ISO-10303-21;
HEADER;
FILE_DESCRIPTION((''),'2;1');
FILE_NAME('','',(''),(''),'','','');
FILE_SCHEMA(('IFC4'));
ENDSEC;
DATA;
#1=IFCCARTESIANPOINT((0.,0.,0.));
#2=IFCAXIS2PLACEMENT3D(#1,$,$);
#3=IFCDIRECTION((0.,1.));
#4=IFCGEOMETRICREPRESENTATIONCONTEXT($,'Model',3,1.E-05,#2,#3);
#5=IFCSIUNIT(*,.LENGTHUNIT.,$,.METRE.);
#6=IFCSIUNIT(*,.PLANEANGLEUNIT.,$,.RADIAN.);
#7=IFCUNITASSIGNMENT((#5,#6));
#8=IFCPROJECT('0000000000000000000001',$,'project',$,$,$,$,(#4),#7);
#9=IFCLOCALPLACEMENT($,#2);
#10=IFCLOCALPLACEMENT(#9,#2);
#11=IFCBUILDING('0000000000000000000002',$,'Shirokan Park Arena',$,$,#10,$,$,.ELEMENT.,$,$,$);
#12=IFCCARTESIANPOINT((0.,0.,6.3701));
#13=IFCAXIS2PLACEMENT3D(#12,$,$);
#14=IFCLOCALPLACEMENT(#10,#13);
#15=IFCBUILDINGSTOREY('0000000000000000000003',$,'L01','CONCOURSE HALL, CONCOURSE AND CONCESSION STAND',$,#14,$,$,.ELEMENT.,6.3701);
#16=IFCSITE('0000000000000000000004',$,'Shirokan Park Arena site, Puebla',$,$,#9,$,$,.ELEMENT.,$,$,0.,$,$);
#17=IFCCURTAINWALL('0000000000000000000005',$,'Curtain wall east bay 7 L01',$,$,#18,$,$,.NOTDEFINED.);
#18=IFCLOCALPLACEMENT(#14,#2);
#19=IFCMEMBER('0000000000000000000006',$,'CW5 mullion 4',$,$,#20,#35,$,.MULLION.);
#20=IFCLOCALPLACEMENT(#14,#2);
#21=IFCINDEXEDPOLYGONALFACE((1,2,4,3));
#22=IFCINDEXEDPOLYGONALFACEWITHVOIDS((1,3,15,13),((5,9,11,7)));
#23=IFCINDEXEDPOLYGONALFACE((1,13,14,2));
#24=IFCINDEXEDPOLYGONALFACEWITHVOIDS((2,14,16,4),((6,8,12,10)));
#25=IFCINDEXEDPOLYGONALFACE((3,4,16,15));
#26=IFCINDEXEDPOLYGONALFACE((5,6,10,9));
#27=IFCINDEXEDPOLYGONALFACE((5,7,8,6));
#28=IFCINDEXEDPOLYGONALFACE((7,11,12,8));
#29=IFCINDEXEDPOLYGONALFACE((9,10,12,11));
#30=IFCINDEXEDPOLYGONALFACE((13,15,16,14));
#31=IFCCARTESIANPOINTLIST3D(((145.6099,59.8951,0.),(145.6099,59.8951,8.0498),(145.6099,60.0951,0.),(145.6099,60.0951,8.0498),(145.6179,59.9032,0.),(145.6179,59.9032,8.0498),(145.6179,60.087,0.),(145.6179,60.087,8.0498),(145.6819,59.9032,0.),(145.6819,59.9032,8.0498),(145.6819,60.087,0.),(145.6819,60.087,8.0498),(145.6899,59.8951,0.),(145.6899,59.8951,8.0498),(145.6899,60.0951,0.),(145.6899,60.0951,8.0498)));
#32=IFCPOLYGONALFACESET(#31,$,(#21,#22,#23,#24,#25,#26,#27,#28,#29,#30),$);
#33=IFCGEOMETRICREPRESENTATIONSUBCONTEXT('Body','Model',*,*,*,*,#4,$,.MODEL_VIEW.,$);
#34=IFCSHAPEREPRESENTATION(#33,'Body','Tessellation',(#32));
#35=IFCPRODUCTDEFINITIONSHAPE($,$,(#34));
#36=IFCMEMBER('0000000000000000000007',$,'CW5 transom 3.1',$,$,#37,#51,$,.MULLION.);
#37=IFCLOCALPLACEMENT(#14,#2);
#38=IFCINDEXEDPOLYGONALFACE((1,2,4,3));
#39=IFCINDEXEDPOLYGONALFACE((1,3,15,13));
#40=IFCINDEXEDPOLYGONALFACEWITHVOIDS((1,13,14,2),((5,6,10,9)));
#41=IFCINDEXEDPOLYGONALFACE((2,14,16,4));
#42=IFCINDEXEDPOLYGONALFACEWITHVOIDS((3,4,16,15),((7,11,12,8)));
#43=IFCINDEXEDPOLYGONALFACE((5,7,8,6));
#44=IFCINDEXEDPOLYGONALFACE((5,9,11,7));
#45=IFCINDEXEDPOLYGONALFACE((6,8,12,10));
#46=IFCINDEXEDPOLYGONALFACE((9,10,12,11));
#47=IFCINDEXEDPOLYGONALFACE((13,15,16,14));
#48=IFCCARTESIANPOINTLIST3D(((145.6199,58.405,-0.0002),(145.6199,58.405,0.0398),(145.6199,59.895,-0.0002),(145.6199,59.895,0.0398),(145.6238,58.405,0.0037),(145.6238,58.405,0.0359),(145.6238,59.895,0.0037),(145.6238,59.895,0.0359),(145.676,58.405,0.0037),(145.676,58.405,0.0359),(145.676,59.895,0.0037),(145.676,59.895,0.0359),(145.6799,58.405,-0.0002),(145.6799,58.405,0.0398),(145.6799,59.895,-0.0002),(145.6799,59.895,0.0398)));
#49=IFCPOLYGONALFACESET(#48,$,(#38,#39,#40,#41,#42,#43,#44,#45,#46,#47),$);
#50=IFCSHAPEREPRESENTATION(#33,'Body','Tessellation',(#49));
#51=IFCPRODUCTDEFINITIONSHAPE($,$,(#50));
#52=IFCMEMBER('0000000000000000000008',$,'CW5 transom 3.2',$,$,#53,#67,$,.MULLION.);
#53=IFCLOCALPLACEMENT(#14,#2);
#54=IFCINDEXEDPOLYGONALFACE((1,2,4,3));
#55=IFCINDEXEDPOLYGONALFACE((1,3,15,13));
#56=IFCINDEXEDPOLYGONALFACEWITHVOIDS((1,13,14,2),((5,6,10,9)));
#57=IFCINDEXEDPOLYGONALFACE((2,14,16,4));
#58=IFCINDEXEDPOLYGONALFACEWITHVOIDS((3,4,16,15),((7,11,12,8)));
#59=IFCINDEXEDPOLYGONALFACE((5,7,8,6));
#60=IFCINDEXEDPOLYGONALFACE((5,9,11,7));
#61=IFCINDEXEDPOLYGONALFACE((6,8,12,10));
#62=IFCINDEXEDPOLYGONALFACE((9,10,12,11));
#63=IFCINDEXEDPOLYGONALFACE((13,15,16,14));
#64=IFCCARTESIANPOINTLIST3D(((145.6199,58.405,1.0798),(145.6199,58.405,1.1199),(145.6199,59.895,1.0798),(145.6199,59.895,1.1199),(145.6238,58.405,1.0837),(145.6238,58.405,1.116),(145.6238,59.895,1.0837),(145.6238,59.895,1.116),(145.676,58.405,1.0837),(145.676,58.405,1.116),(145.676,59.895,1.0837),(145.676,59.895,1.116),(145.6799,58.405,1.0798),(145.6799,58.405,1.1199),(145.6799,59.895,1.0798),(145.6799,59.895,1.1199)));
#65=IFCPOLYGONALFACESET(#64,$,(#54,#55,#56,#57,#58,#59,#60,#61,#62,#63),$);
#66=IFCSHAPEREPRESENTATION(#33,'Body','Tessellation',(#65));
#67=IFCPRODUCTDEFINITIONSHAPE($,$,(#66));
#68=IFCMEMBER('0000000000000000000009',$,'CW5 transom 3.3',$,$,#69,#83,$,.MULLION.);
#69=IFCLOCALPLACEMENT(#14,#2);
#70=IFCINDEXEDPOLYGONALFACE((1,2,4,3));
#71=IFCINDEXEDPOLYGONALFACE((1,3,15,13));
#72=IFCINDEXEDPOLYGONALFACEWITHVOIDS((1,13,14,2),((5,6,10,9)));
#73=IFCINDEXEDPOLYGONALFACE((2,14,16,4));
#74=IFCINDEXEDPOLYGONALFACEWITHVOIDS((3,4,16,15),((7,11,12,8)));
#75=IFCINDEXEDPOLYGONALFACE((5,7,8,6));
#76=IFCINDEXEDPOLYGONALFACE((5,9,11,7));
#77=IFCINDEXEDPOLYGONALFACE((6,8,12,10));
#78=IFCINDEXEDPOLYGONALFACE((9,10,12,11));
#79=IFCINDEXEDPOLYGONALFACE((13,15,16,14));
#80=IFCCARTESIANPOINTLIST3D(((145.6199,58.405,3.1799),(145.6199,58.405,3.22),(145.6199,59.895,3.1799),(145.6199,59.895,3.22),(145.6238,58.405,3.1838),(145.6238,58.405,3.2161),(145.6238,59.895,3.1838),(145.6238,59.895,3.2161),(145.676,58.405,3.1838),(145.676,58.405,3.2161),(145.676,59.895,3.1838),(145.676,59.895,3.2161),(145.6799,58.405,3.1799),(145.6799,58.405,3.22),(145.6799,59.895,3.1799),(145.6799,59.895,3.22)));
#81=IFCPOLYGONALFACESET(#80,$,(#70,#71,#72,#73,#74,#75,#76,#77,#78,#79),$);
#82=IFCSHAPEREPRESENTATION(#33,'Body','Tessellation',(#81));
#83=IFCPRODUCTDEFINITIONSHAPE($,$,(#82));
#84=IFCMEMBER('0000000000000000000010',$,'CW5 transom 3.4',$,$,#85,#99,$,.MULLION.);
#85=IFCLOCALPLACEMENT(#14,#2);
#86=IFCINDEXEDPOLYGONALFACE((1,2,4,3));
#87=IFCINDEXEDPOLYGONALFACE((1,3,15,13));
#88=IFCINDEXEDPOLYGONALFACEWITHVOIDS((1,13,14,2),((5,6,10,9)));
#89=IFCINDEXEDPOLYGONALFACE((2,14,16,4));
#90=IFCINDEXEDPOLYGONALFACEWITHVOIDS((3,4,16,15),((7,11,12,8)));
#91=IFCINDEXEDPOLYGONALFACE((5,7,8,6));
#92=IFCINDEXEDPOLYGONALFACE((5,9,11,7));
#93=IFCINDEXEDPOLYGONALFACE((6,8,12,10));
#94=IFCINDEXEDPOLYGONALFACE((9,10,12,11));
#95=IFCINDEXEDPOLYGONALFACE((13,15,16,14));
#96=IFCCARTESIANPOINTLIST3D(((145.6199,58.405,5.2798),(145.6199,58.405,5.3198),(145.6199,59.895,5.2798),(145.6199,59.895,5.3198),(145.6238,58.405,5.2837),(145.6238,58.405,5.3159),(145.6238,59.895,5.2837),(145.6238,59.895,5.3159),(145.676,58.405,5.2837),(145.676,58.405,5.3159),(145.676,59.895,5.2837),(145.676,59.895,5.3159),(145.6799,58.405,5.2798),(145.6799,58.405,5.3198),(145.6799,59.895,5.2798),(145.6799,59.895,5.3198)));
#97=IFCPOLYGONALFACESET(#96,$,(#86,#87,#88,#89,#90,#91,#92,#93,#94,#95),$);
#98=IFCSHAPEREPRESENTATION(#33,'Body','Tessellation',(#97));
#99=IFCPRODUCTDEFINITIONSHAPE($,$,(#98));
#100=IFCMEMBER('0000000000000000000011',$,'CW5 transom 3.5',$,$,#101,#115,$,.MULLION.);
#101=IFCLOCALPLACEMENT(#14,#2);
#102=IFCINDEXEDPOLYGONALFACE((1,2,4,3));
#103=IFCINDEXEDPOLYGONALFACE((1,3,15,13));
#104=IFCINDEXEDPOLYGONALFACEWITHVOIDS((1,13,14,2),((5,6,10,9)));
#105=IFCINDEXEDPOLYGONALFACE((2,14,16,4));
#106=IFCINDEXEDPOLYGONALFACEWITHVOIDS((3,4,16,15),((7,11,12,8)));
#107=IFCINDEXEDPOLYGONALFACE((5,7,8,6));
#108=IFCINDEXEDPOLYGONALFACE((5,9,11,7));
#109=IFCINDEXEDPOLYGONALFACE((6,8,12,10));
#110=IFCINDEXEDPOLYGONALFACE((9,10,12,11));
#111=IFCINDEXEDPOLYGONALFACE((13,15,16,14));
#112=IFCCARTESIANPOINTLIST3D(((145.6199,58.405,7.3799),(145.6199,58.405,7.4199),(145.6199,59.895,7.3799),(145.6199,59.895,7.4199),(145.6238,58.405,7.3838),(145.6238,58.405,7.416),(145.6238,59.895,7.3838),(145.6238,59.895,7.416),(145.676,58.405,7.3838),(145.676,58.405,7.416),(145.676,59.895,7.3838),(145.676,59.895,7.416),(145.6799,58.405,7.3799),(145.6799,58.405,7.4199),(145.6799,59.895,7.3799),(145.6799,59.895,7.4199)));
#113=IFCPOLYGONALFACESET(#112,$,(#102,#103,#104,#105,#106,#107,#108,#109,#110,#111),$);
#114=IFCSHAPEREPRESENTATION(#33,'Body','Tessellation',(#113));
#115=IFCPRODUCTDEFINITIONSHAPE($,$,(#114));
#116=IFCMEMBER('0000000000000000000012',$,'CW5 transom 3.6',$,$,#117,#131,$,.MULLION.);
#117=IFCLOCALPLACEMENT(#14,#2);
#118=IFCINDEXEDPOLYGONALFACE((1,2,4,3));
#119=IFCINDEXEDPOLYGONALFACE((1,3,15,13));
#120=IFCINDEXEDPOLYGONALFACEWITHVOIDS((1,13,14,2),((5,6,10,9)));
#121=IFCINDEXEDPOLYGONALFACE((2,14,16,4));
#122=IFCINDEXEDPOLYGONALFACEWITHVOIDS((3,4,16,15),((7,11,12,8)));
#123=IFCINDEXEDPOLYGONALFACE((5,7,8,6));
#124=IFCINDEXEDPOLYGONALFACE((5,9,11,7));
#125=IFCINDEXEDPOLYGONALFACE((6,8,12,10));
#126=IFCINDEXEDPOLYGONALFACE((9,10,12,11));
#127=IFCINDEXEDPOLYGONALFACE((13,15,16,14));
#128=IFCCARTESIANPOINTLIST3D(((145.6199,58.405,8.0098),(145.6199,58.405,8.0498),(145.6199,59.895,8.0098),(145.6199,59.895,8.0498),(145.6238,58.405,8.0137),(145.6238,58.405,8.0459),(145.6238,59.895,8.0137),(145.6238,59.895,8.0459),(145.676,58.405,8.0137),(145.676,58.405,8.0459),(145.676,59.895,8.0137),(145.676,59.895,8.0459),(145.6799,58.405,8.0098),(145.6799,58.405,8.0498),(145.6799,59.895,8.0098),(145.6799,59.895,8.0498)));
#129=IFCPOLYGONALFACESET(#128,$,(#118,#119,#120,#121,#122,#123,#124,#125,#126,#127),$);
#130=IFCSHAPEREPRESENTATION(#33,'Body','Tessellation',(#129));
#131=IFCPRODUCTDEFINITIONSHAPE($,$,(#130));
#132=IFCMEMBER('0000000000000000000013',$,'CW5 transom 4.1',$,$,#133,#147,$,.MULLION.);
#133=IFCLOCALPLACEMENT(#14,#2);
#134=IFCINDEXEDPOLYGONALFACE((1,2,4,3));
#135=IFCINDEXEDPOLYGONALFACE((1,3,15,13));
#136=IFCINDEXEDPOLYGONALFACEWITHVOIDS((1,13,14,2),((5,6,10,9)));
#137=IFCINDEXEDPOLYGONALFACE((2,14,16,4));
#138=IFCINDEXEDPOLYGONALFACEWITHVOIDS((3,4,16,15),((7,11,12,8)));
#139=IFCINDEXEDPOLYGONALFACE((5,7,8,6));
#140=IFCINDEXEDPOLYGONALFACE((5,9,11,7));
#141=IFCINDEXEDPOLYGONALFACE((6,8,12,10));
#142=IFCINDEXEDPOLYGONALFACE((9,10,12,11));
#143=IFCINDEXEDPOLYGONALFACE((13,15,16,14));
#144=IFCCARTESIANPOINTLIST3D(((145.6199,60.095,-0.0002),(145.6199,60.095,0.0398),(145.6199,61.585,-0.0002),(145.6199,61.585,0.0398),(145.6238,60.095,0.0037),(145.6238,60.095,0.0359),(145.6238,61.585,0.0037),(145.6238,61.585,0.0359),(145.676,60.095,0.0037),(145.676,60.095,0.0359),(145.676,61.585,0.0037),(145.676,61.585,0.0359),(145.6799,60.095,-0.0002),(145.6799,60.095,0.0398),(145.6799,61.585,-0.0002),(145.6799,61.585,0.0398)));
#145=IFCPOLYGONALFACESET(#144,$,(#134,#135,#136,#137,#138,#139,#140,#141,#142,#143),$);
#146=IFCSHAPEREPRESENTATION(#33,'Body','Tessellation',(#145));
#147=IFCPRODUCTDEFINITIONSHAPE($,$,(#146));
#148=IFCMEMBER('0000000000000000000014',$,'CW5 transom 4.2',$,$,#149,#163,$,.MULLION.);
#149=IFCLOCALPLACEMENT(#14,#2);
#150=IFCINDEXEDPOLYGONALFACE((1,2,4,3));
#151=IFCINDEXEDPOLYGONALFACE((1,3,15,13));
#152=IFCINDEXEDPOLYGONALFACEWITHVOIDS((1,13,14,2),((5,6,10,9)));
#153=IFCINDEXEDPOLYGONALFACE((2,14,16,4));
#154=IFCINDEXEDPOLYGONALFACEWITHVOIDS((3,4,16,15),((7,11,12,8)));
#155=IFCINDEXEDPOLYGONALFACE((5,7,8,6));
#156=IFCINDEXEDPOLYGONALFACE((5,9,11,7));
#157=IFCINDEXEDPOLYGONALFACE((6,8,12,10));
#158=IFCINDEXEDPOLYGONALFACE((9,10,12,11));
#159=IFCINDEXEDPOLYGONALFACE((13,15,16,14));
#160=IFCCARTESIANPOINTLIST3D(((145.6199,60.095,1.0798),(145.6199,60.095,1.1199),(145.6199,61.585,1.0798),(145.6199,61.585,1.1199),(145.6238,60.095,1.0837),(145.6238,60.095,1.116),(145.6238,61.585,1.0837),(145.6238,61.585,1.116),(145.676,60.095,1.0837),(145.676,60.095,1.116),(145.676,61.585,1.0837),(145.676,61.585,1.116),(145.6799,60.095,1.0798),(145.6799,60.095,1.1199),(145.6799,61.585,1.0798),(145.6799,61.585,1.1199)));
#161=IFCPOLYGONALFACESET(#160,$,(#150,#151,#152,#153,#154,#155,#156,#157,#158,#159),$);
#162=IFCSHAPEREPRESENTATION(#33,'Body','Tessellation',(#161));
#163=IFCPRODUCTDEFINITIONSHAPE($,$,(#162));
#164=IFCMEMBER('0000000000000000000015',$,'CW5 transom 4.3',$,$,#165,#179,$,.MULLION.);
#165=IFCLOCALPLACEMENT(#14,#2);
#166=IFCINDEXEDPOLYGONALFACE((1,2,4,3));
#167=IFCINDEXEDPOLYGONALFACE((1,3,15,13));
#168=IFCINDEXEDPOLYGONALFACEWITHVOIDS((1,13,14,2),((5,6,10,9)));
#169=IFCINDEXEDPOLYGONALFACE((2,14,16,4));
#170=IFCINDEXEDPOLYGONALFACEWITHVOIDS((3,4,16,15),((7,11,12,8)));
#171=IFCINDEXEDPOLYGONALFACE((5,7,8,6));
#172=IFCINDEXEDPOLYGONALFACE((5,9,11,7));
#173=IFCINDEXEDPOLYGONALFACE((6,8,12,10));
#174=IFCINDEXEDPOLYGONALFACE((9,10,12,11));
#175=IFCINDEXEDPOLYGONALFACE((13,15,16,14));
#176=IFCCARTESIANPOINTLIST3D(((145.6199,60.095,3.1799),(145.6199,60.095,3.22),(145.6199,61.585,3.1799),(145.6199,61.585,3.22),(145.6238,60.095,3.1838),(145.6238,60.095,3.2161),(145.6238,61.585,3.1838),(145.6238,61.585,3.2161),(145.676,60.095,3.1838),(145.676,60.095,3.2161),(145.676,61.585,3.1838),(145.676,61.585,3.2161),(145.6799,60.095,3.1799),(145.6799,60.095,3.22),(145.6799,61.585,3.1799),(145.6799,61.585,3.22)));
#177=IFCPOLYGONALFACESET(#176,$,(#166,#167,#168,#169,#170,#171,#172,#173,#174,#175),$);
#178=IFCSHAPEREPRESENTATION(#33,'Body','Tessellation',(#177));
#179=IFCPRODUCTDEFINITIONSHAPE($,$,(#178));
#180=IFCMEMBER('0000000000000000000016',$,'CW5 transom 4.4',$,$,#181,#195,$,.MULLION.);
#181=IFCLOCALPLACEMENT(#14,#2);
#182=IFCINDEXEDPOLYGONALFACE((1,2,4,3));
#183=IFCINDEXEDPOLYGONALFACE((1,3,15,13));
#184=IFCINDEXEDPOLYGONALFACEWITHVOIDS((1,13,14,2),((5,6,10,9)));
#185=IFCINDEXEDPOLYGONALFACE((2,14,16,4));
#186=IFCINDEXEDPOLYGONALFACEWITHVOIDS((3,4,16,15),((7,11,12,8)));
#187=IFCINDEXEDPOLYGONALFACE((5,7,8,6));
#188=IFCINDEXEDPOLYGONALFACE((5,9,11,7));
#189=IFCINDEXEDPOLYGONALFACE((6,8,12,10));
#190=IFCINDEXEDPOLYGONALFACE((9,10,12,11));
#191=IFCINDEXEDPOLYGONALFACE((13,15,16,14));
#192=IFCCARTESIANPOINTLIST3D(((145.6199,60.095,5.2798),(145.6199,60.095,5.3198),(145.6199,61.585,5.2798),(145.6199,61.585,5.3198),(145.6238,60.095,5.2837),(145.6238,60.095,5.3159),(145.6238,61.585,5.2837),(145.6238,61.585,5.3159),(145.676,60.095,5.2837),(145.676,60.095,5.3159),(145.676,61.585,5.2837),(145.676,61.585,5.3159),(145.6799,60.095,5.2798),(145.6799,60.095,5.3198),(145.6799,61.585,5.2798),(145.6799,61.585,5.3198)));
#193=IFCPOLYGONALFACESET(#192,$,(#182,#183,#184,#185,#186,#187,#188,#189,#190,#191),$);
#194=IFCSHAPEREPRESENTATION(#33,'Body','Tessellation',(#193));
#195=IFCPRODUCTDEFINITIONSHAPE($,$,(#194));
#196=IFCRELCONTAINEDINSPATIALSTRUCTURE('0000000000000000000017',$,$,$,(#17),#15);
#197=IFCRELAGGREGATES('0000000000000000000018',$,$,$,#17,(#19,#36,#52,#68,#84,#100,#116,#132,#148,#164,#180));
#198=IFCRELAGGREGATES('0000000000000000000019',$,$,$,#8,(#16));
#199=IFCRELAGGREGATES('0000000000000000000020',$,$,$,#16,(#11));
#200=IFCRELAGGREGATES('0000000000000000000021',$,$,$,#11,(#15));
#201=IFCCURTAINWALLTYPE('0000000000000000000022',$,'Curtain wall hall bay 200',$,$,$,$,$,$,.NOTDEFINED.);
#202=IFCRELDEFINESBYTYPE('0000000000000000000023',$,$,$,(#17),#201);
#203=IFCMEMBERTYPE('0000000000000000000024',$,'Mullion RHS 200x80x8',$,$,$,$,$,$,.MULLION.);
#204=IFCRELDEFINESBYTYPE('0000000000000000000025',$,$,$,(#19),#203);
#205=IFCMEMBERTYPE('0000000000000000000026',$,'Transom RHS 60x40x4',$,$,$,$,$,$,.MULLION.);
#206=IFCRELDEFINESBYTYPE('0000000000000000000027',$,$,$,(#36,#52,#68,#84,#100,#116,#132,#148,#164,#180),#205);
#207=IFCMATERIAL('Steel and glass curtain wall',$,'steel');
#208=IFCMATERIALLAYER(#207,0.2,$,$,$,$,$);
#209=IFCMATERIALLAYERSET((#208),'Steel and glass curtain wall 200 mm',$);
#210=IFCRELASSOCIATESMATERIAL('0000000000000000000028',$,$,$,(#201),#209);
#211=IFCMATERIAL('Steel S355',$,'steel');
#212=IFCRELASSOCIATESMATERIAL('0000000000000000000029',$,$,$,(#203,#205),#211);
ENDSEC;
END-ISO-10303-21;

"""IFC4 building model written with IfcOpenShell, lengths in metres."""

from ifc_helpers import new_model, si_unit, direction, frame, origin, origin_2d, place, context, subcontext, project, spatial, hollow_rectangle, extrude, material, layer, layer_set, material_profile, profile_set, type_object, element, aggregate, save


model = new_model("IFC4")

# Units and contexts
model_context = context("Model", 3, precision=1e-05, world=origin(), true_north=direction((0.0, 1.0)))
body_context = subcontext(model_context, "Body", "Model", "MODEL_VIEW")
ifc_project = project(units=[si_unit("LENGTHUNIT", "METRE"), si_unit("PLANEANGLEUNIT", "RADIAN")], contexts=[model_context])

# Site, building, storey
site_placement = place(None, origin())
site = spatial("IfcSite", under=ifc_project, at=site_placement, Name="Shirokan Park Arena site, Puebla", CompositionType="ELEMENT", RefElevation=0.0)
building_placement = place(site_placement, origin())
building = spatial("IfcBuilding", under=site, at=building_placement, Name="Shirokan Park Arena", CompositionType="ELEMENT")
storey_placement = place(building_placement, frame((0.0, 0.0, 6.3701)))
storey = spatial("IfcBuildingStorey", under=building, at=storey_placement, Name="L01", Description="CONCOURSE HALL, CONCOURSE AND CONCESSION STAND", CompositionType="ELEMENT", Elevation=6.3701)

# Curtain wall, members
ifc_material_1 = material(Name="Steel and glass curtain wall", Category="steel")
ifc_layer_1 = layer(ifc_material_1, 0.2)
ifc_layer_set_1 = layer_set([ifc_layer_1], Name="Steel and glass curtain wall 200 mm")
curtain_wall_type = type_object("IfcCurtainWallType", Name="Curtain wall hall bay 200", PredefinedType="NOTDEFINED", material=ifc_layer_set_1)
curtain_wall_placement = place(storey_placement, origin())
curtain_wall = element("IfcCurtainWall", 1, at=curtain_wall_placement, inside=storey, type_object=curtain_wall_type, Name="Curtain wall east bay 7 L01", PredefinedType="NOTDEFINED")
ifc_material_2 = material(Name="Steel S355", Category="steel")
ifc_material_profile_1 = material_profile(ifc_material_2, hollow_rectangle(XDim=0.0801, YDim=0.2, WallThickness=0.0081, at=origin_2d()), Name="RHS 200x80x8")
ifc_profile_set_1 = profile_set([ifc_material_profile_1], Name="Steel S355")
member_type_1 = type_object("IfcMemberType", Name="Mullion RHS 200x80x8", PredefinedType="MULLION", material=ifc_profile_set_1)
member_1_placement = place(storey_placement, frame((145.6499, 59.9951, 0.0), z_axis=(0.0, 0.0, 1.0), x_axis=(-1.0, 0.0, 0.0)))
member_1 = element("IfcMember", 2, at=member_1_placement, type_object=member_type_1, Name="CW5 mullion 4", PredefinedType="MULLION", context=body_context, shape_type="SweptSolid", body=[
    extrude(hollow_rectangle(XDim=0.0801, YDim=0.2, WallThickness=0.0081, at=origin_2d()), origin(), (0.0, 0.0, 1.0), 8.0498),
])
ifc_material_profile_2 = material_profile(ifc_material_2, hollow_rectangle(XDim=0.0601, YDim=0.04, WallThickness=0.0039, at=origin_2d()), Name="RHS 60x40x4")
ifc_profile_set_2 = profile_set([ifc_material_profile_2], Name="Steel S355")
member_type_2 = type_object("IfcMemberType", Name="Transom RHS 60x40x4", PredefinedType="MULLION", material=ifc_profile_set_2)
member_2_placement = place(storey_placement, frame((145.6499, 58.405, 0.0198), z_axis=(0.0, 1.0, 0.0), x_axis=(-1.0, 0.0, 0.0)))
member_2 = element("IfcMember", 3, at=member_2_placement, type_object=member_type_2, Name="CW5 transom 3.1", PredefinedType="MULLION", context=body_context, shape_type="SweptSolid", body=[
    extrude(hollow_rectangle(XDim=0.0601, YDim=0.04, WallThickness=0.0039, at=origin_2d()), origin(), (0.0, 0.0, 1.0), 1.49),
])
member_3_placement = place(storey_placement, frame((145.6499, 58.405, 1.0999), z_axis=(0.0, 1.0, 0.0), x_axis=(-1.0, 0.0, 0.0)))
member_3 = element("IfcMember", 4, at=member_3_placement, type_object=member_type_2, Name="CW5 transom 3.2", PredefinedType="MULLION", context=body_context, shape_type="SweptSolid", body=[
    extrude(hollow_rectangle(XDim=0.0601, YDim=0.04, WallThickness=0.0039, at=origin_2d()), origin(), (0.0, 0.0, 1.0), 1.49),
])
member_4_placement = place(storey_placement, frame((145.6499, 58.405, 3.2), z_axis=(0.0, 1.0, 0.0), x_axis=(-1.0, 0.0, 0.0)))
member_4 = element("IfcMember", 5, at=member_4_placement, type_object=member_type_2, Name="CW5 transom 3.3", PredefinedType="MULLION", context=body_context, shape_type="SweptSolid", body=[
    extrude(hollow_rectangle(XDim=0.0601, YDim=0.04, WallThickness=0.0039, at=origin_2d()), origin(), (0.0, 0.0, 1.0), 1.49),
])
member_5_placement = place(storey_placement, frame((145.6499, 58.405, 5.2998), z_axis=(0.0, 1.0, 0.0), x_axis=(-1.0, 0.0, 0.0)))
member_5 = element("IfcMember", 6, at=member_5_placement, type_object=member_type_2, Name="CW5 transom 3.4", PredefinedType="MULLION", context=body_context, shape_type="SweptSolid", body=[
    extrude(hollow_rectangle(XDim=0.0601, YDim=0.04, WallThickness=0.0039, at=origin_2d()), origin(), (0.0, 0.0, 1.0), 1.49),
])
member_6_placement = place(storey_placement, frame((145.6499, 58.405, 7.3999), z_axis=(0.0, 1.0, 0.0), x_axis=(-1.0, 0.0, 0.0)))
member_6 = element("IfcMember", 7, at=member_6_placement, type_object=member_type_2, Name="CW5 transom 3.5", PredefinedType="MULLION", context=body_context, shape_type="SweptSolid", body=[
    extrude(hollow_rectangle(XDim=0.0601, YDim=0.04, WallThickness=0.0039, at=origin_2d()), origin(), (0.0, 0.0, 1.0), 1.49),
])
member_7_placement = place(storey_placement, frame((145.6499, 58.405, 8.0298), z_axis=(0.0, 1.0, 0.0), x_axis=(-1.0, 0.0, 0.0)))
member_7 = element("IfcMember", 8, at=member_7_placement, type_object=member_type_2, Name="CW5 transom 3.6", PredefinedType="MULLION", context=body_context, shape_type="SweptSolid", body=[
    extrude(hollow_rectangle(XDim=0.0601, YDim=0.04, WallThickness=0.0039, at=origin_2d()), origin(), (0.0, 0.0, 1.0), 1.49),
])
member_8_placement = place(storey_placement, frame((145.6499, 60.095, 0.0198), z_axis=(0.0, 1.0, 0.0), x_axis=(-1.0, 0.0, 0.0)))
member_8 = element("IfcMember", 9, at=member_8_placement, type_object=member_type_2, Name="CW5 transom 4.1", PredefinedType="MULLION", context=body_context, shape_type="SweptSolid", body=[
    extrude(hollow_rectangle(XDim=0.0601, YDim=0.04, WallThickness=0.0039, at=origin_2d()), origin(), (0.0, 0.0, 1.0), 1.49),
])
member_9_placement = place(storey_placement, frame((145.6499, 60.095, 1.0999), z_axis=(0.0, 1.0, 0.0), x_axis=(-1.0, 0.0, 0.0)))
member_9 = element("IfcMember", 10, at=member_9_placement, type_object=member_type_2, Name="CW5 transom 4.2", PredefinedType="MULLION", context=body_context, shape_type="SweptSolid", body=[
    extrude(hollow_rectangle(XDim=0.0601, YDim=0.04, WallThickness=0.0039, at=origin_2d()), origin(), (0.0, 0.0, 1.0), 1.49),
])
member_10_placement = place(storey_placement, frame((145.6499, 60.095, 3.2), z_axis=(0.0, 1.0, 0.0), x_axis=(-1.0, 0.0, 0.0)))
member_10 = element("IfcMember", 11, at=member_10_placement, type_object=member_type_2, Name="CW5 transom 4.3", PredefinedType="MULLION", context=body_context, shape_type="SweptSolid", body=[
    extrude(hollow_rectangle(XDim=0.0601, YDim=0.04, WallThickness=0.0039, at=origin_2d()), origin(), (0.0, 0.0, 1.0), 1.49),
])
member_11_placement = place(storey_placement, frame((145.6499, 60.095, 5.2998), z_axis=(0.0, 1.0, 0.0), x_axis=(-1.0, 0.0, 0.0)))
member_11 = element("IfcMember", 12, at=member_11_placement, type_object=member_type_2, Name="CW5 transom 4.4", PredefinedType="MULLION", context=body_context, shape_type="SweptSolid", body=[
    extrude(hollow_rectangle(XDim=0.0601, YDim=0.04, WallThickness=0.0039, at=origin_2d()), origin(), (0.0, 0.0, 1.0), 1.49),
])
aggregate(curtain_wall, [member_1, member_2, member_3, member_4, member_5, member_6, member_7, member_8, member_9, member_10, member_11])

save(model, "model.ifc")
